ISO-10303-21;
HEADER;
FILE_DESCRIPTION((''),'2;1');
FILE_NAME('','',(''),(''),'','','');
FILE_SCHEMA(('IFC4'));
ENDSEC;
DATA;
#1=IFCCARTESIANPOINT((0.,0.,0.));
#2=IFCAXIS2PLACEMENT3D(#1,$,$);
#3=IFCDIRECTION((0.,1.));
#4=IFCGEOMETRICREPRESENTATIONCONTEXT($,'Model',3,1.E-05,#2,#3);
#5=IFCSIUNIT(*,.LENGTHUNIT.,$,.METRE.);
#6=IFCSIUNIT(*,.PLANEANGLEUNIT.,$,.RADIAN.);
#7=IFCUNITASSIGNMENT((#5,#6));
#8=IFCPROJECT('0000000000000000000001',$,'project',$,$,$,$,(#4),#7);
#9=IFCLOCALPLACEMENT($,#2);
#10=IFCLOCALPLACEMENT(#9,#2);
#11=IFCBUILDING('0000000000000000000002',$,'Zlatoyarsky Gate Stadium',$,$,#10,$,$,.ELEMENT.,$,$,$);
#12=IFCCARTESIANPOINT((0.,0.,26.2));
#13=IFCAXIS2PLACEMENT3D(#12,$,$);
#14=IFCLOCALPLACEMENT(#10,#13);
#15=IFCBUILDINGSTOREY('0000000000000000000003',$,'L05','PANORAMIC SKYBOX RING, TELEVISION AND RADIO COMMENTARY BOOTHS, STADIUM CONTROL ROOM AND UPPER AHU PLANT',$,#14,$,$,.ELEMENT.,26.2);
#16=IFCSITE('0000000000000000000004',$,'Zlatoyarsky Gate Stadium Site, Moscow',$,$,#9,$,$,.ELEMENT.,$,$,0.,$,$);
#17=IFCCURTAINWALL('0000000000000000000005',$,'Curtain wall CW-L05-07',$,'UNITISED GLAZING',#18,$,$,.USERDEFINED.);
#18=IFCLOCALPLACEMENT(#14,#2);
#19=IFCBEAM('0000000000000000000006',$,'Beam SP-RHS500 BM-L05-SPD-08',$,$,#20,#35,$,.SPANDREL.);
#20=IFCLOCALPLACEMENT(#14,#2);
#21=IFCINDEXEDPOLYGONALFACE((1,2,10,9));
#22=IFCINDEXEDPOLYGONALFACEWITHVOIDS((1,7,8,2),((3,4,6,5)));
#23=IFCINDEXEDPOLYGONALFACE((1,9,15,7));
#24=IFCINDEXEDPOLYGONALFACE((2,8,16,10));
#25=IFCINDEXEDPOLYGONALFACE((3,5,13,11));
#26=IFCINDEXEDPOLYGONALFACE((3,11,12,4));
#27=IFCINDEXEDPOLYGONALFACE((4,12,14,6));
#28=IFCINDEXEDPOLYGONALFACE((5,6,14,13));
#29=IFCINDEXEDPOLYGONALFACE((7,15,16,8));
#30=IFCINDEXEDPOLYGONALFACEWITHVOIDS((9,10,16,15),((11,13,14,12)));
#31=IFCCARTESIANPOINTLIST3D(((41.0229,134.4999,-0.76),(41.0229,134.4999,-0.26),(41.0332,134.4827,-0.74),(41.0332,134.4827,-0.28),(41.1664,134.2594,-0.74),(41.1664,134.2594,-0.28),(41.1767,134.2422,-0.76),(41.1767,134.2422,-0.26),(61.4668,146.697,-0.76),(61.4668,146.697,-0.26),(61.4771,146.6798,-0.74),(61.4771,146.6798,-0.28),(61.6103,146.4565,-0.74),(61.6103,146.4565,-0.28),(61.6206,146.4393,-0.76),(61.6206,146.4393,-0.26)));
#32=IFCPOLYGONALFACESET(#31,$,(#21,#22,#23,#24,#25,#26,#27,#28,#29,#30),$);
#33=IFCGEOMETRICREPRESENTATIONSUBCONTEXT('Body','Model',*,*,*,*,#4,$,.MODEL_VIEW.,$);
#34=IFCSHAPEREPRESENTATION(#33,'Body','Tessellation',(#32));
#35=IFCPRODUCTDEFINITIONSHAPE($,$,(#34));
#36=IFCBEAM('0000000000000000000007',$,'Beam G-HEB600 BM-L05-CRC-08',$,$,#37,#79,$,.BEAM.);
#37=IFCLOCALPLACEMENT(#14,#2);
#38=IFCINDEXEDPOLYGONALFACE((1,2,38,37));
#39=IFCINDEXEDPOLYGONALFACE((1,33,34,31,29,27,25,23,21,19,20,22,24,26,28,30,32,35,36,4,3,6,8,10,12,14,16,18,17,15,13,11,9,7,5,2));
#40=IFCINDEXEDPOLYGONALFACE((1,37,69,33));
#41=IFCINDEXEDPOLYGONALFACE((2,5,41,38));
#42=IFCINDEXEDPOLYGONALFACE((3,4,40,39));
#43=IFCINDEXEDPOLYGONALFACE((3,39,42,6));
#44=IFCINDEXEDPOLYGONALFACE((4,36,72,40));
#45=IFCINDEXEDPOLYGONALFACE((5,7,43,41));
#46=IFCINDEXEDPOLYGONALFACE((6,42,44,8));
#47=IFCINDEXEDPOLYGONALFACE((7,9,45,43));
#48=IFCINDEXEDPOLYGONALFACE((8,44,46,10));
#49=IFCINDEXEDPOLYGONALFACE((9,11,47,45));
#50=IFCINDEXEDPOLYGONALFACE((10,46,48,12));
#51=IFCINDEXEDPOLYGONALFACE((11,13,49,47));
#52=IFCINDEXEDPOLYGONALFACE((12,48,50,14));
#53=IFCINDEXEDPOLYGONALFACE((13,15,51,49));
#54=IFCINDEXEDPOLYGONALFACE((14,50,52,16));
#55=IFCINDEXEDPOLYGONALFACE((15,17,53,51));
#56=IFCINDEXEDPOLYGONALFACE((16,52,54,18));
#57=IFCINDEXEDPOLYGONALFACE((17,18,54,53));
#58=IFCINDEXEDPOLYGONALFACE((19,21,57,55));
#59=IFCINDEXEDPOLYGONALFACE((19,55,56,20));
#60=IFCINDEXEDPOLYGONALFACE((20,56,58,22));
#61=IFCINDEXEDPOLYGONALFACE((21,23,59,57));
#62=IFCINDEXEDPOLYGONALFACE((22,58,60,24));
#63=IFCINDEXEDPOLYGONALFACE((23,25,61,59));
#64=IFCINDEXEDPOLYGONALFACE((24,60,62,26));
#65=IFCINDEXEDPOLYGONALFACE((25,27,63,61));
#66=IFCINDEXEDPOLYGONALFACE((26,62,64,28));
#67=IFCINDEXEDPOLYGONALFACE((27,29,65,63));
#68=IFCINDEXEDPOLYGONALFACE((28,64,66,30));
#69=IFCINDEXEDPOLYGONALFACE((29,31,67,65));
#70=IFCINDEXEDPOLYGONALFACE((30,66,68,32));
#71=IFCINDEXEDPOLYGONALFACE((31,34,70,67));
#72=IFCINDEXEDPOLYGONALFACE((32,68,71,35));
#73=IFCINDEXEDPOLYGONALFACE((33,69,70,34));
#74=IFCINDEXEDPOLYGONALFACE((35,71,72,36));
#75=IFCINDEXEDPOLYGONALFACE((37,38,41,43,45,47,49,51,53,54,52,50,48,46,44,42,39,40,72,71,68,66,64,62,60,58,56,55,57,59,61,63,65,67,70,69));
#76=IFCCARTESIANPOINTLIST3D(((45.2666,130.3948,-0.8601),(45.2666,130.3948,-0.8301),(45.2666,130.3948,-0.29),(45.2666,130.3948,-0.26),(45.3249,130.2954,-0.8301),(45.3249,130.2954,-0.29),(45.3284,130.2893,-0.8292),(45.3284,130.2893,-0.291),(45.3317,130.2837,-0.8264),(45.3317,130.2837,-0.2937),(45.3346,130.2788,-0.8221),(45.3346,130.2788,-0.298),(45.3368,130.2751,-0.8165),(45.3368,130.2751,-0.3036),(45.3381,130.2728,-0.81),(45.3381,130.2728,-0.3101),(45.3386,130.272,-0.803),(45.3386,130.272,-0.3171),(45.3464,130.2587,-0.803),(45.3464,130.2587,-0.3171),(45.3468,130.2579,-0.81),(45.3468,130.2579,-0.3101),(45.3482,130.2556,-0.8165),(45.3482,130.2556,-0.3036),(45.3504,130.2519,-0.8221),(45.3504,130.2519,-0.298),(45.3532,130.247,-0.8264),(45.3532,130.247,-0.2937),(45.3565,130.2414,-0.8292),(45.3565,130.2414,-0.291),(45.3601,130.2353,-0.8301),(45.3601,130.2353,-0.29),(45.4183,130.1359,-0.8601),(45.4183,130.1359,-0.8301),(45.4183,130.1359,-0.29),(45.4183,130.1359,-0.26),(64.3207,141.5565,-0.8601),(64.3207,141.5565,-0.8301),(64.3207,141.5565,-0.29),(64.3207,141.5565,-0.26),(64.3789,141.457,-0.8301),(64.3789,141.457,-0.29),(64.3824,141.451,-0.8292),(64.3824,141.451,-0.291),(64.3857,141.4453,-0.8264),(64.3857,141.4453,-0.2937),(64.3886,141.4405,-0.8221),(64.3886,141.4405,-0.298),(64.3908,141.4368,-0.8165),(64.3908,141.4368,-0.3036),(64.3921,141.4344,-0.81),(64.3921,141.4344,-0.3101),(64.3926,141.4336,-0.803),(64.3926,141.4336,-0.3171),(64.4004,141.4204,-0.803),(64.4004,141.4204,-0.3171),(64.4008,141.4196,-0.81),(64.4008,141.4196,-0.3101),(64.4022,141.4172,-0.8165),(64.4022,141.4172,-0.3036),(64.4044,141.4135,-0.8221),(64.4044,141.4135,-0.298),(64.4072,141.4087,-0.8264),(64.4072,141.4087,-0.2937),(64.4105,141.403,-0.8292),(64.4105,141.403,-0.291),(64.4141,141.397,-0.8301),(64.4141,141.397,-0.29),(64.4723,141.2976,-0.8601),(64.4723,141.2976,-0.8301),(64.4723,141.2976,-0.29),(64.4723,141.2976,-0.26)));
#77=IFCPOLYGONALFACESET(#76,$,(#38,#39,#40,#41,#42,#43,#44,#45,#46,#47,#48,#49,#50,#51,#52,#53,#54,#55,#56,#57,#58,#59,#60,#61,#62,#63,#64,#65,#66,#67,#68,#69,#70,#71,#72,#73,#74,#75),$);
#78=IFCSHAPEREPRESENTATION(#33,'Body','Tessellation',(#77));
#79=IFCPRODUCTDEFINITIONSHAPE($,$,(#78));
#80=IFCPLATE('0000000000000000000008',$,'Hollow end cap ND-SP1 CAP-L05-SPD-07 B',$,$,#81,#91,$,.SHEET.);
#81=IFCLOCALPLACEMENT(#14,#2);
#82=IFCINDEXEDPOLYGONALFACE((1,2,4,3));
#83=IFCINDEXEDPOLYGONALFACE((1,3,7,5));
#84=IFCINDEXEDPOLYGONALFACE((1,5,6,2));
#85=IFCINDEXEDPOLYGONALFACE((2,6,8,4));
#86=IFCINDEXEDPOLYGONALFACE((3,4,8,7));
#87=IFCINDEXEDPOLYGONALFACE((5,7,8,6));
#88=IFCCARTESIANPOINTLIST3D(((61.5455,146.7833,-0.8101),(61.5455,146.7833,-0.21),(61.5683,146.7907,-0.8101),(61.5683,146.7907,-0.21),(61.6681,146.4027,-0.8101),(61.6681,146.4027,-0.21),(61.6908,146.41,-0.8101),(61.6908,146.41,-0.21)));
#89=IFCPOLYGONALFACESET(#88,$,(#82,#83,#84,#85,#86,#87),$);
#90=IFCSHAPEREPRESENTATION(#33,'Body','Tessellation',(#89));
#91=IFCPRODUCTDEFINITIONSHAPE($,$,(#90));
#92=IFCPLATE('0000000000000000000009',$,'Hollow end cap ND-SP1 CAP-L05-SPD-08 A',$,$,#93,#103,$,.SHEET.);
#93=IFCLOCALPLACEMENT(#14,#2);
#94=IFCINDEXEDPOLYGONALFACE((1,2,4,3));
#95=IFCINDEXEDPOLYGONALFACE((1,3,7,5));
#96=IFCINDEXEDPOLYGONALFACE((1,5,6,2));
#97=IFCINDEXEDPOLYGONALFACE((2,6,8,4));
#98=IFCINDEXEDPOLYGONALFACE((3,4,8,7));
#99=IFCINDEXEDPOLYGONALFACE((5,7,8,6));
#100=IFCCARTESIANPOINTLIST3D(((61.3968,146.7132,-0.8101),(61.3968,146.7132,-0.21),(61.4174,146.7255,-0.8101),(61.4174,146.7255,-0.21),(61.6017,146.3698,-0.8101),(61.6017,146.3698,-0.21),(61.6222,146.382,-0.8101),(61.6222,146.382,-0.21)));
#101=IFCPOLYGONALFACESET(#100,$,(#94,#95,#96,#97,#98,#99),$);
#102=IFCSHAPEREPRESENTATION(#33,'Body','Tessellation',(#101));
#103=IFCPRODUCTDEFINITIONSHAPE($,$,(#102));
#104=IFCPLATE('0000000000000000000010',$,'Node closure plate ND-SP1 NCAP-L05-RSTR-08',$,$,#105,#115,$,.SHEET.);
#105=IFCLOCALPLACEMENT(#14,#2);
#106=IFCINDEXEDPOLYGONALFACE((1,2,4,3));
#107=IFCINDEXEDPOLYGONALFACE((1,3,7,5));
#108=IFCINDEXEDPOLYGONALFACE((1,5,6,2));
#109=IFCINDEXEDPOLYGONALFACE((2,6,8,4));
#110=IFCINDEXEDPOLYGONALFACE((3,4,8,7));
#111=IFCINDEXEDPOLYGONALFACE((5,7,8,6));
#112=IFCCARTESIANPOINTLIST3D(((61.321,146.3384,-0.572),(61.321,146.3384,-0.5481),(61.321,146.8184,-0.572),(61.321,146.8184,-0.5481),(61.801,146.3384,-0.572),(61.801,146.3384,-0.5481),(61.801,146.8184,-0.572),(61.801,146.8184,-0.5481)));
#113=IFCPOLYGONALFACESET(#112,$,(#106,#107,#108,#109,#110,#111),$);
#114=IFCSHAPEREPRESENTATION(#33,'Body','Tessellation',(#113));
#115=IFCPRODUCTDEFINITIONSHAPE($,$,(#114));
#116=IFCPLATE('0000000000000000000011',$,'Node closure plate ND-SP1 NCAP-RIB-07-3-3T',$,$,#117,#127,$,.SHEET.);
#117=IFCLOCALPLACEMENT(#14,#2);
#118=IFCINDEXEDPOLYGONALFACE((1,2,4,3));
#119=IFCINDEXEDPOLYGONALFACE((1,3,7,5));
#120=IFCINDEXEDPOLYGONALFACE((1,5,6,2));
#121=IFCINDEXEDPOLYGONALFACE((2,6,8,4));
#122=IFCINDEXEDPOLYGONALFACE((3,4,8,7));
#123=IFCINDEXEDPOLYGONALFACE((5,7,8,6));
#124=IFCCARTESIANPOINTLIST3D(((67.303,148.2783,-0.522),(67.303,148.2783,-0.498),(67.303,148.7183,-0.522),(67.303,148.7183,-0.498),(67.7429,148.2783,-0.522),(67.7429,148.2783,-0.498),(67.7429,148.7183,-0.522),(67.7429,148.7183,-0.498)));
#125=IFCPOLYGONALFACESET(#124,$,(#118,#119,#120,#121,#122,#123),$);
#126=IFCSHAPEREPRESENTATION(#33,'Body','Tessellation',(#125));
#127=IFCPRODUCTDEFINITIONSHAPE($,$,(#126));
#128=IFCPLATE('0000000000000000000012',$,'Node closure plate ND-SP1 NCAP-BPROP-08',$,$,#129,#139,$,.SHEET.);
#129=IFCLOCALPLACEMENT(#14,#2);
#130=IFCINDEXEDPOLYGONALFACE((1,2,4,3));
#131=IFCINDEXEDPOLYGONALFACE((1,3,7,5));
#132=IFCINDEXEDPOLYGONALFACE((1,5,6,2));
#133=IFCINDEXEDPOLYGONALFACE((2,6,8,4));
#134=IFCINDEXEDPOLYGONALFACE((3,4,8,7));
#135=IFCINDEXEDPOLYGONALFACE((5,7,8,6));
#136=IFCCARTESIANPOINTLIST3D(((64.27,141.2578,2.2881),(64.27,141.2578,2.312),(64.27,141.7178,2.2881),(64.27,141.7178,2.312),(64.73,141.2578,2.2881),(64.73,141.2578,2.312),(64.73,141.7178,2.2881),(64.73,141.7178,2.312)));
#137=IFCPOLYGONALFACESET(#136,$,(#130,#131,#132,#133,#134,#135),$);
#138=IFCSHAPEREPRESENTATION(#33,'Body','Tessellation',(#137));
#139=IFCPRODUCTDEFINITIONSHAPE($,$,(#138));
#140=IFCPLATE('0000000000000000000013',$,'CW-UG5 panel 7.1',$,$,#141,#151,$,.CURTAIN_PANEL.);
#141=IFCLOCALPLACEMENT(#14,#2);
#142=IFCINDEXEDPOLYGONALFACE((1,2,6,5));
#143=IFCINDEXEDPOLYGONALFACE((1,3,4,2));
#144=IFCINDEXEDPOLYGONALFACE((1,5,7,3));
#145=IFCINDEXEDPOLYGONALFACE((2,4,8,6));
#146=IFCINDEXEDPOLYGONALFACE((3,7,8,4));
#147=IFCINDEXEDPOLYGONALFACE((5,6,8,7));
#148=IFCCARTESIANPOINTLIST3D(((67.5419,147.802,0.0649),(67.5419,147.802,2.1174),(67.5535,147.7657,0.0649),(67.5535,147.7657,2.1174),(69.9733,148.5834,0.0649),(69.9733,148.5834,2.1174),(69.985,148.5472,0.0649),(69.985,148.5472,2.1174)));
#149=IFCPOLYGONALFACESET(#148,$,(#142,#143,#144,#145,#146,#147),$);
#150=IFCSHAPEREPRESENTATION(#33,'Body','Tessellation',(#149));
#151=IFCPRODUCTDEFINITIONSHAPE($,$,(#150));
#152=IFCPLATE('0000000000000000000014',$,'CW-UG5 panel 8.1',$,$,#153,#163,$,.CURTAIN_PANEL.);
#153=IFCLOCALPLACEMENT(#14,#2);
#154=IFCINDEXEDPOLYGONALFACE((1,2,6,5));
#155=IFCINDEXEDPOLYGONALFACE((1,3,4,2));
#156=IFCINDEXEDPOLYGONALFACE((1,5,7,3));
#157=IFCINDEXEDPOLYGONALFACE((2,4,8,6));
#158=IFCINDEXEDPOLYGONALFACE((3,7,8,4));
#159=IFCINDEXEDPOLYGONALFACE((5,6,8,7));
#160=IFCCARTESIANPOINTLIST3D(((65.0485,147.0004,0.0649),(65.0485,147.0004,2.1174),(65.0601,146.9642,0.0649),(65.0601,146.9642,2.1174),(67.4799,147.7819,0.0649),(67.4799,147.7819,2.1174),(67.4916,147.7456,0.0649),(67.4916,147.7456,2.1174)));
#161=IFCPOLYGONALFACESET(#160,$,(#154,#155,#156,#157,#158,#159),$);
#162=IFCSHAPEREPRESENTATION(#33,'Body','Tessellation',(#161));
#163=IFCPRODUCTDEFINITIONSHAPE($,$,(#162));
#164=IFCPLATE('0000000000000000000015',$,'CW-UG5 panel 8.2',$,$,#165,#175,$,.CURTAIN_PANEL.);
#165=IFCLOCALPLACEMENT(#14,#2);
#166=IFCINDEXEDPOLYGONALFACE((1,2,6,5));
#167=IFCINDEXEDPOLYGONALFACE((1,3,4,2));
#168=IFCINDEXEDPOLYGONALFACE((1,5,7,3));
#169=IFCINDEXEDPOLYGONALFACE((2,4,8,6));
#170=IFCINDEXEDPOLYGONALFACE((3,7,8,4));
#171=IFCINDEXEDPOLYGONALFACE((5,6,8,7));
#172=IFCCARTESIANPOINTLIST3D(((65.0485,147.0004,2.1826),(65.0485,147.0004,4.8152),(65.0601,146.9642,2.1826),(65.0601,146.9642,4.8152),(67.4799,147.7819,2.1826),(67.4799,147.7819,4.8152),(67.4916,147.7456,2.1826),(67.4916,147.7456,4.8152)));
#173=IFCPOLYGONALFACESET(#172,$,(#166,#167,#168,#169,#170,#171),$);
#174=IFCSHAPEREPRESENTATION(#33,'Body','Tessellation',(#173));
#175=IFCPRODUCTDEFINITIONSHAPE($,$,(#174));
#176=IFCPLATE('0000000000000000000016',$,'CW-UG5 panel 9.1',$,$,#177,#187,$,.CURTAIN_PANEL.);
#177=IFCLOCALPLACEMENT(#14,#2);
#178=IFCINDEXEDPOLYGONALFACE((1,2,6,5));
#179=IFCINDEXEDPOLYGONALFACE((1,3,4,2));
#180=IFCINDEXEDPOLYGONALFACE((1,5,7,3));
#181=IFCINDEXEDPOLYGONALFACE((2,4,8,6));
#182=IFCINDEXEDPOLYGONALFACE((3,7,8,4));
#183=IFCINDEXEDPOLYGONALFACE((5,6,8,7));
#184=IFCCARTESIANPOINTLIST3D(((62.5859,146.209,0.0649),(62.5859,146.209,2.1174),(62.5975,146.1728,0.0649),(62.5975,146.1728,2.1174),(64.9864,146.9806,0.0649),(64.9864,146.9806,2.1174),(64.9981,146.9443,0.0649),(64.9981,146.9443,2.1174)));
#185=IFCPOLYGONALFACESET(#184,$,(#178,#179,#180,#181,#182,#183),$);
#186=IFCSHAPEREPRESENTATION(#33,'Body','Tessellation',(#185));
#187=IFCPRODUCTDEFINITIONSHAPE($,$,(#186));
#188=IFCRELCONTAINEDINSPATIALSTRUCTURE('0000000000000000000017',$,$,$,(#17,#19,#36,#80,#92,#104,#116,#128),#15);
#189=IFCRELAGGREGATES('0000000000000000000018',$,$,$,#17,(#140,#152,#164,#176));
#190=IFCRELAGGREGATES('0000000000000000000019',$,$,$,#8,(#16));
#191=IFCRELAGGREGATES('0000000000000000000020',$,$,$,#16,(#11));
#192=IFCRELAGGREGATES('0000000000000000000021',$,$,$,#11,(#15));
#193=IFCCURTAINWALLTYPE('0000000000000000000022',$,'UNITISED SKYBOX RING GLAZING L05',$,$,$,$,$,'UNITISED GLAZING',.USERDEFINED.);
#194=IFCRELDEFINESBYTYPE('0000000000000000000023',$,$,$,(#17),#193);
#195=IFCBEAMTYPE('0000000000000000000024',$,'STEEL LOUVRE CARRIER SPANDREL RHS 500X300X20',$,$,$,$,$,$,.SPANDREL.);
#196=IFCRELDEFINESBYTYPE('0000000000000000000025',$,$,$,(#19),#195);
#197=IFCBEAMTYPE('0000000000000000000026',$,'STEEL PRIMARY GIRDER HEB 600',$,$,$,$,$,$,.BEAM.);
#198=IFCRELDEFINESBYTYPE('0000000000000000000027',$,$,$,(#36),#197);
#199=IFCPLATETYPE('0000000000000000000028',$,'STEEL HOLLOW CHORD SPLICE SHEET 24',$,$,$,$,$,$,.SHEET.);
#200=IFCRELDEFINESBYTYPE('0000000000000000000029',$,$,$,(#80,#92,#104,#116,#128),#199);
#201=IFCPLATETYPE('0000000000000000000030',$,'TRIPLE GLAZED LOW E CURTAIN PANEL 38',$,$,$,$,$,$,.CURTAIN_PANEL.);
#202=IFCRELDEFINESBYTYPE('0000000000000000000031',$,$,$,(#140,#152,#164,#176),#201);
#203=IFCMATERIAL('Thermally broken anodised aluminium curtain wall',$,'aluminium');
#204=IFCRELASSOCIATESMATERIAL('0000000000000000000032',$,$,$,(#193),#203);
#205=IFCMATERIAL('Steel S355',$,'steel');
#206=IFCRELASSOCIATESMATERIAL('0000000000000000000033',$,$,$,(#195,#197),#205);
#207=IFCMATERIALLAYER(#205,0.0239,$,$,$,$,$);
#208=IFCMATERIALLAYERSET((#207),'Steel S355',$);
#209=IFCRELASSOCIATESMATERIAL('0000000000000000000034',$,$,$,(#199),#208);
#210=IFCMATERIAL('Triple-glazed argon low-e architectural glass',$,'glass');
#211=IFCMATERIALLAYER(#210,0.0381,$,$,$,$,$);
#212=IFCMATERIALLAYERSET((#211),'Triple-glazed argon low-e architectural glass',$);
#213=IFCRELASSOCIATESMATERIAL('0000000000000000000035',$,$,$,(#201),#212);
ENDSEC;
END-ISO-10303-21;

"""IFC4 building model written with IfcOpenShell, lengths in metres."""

from ifc_helpers import new_model, si_unit, direction, frame, origin, origin_2d, place, context, subcontext, project, spatial, rectangle, hollow_rectangle, i_section, extrude, material, layer, layer_set, material_profile, profile_set, type_object, element, aggregate, save


model = new_model("IFC4")

# Units and contexts
model_context = context("Model", 3, precision=1e-05, world=origin(), true_north=direction((0.0, 1.0)))
body_context = subcontext(model_context, "Body", "Model", "MODEL_VIEW")
ifc_project = project(units=[si_unit("LENGTHUNIT", "METRE"), si_unit("PLANEANGLEUNIT", "RADIAN")], contexts=[model_context])

# Site, building, storey
site_placement = place(None, origin())
site = spatial("IfcSite", under=ifc_project, at=site_placement, Name="Zlatoyarsky Gate Stadium Site, Moscow", CompositionType="ELEMENT", RefElevation=0.0)
building_placement = place(site_placement, origin())
building = spatial("IfcBuilding", under=site, at=building_placement, Name="Zlatoyarsky Gate Stadium", CompositionType="ELEMENT")
storey_placement = place(building_placement, frame((0.0, 0.0, 26.2)))
storey = spatial("IfcBuildingStorey", under=building, at=storey_placement, Name="L05", Description="PANORAMIC SKYBOX RING, TELEVISION AND RADIO COMMENTARY BOOTHS, STADIUM CONTROL ROOM AND UPPER AHU PLANT", CompositionType="ELEMENT", Elevation=26.2)

# Shared definitions
ifc_material_1 = material(Name="Steel S355", Category="steel")

# Curtain wall
ifc_material_2 = material(Name="Thermally broken anodised aluminium curtain wall", Category="aluminium")
curtain_wall_type = type_object("IfcCurtainWallType", Name="UNITISED SKYBOX RING GLAZING L05", ElementType="UNITISED GLAZING", PredefinedType="USERDEFINED", material=ifc_material_2)
curtain_wall_1_placement = place(storey_placement, origin())
curtain_wall_1 = element("IfcCurtainWall", 1, at=curtain_wall_1_placement, inside=storey, type_object=curtain_wall_type, Name="Curtain wall CW-L05-07", ObjectType="UNITISED GLAZING", PredefinedType="USERDEFINED")

# Beams
ifc_material_profile_1 = material_profile(ifc_material_1, hollow_rectangle(XDim=0.3, YDim=0.5, WallThickness=0.02, at=origin_2d()), Name="RHS 500X300X20")
ifc_profile_set_1 = profile_set([ifc_material_profile_1], Name="Steel S355")
beam_type_1 = type_object("IfcBeamType", Name="STEEL LOUVRE CARRIER SPANDREL RHS 500X300X20", PredefinedType="SPANDREL", material=ifc_profile_set_1)
beam_1_placement = place(storey_placement, frame((61.5437, 146.5681, -0.51), z_axis=(-0.858774, -0.512354, 0.0), x_axis=(0.512354, -0.858774, 0.0)))
element("IfcBeam", 2, at=beam_1_placement, inside=storey, type_object=beam_type_1, Name="Beam SP-RHS500 BM-L05-SPD-08", PredefinedType="SPANDREL", context=body_context, shape_type="SweptSolid", body=[
    extrude(hollow_rectangle(XDim=0.3, YDim=0.5, WallThickness=0.02, at=origin_2d()), origin(), (0.0, 0.0, 1.0), 23.8059),
])
ifc_material_profile_2 = material_profile(ifc_material_1, i_section(OverallWidth=0.3, OverallDepth=0.6001, WebThickness=0.0154, FlangeThickness=0.03, FilletRadius=0.0271, at=origin_2d()), Name="HEB 600")
ifc_profile_set_2 = profile_set([ifc_material_profile_2], Name="Steel S355")
beam_type_2 = type_object("IfcBeamType", Name="STEEL PRIMARY GIRDER HEB 600", PredefinedType="BEAM", material=ifc_profile_set_2)
beam_2_placement = place(storey_placement, frame((64.3965, 141.427, -0.5601), z_axis=(-0.862855, -0.505452, 0.0), x_axis=(0.505452, -0.862855, 0.0)))
element("IfcBeam", 3, at=beam_2_placement, inside=storey, type_object=beam_type_2, Name="Beam G-HEB600 BM-L05-CRC-08", PredefinedType="BEAM", context=body_context, shape_type="SweptSolid", body=[
    extrude(i_section(OverallWidth=0.3, OverallDepth=0.6001, WebThickness=0.0154, FlangeThickness=0.03, FilletRadius=0.0271, at=origin_2d()), origin(), (0.0, 0.0, 1.0), 22.0825),
])

# Plates
ifc_layer_1 = layer(ifc_material_1, 0.0239)
ifc_layer_set_1 = layer_set([ifc_layer_1], Name="Steel S355")
plate_type_1 = type_object("IfcPlateType", Name="STEEL HOLLOW CHORD SPLICE SHEET 24", PredefinedType="SHEET", material=ifc_layer_set_1)
for number, where, z_axis, x_axis, name in (
    (4, (61.6182, 146.5967, -0.8101), (0.0, 0.0, 1.0), (-0.951856, -0.306546, 0.0), "Hollow end cap ND-SP1 CAP-L05-SPD-07 B"),
    (5, (61.5095, 146.5476, -0.8101), (0.0, 0.0, 1.0), (-0.858779, -0.512347, 0.0), "Hollow end cap ND-SP1 CAP-L05-SPD-08 A"),
):
    element("IfcPlate", number, at=place(storey_placement, frame(where, z_axis=z_axis, x_axis=x_axis)), inside=storey, type_object=plate_type_1, Name=name, PredefinedType="SHEET", context=body_context, shape_type="SweptSolid", body=[
        extrude(rectangle(XDim=0.0239, YDim=0.3999, at=origin_2d()), origin(), (0.0, 0.0, 1.0), 0.6001),
    ])
plate_1_placement = place(storey_placement, frame((61.561, 146.5784, -0.572), z_axis=(0.0, 0.0, 1.0), x_axis=(1.0, 0.0, 0.0)))
element("IfcPlate", 6, at=plate_1_placement, inside=storey, type_object=plate_type_1, Name="Node closure plate ND-SP1 NCAP-L05-RSTR-08", PredefinedType="SHEET", context=body_context, shape_type="SweptSolid", body=[
    extrude(rectangle(XDim=0.48, YDim=0.48, at=origin_2d()), origin(), (0.0, 0.0, 1.0), 0.0239),
])
plate_2_placement = place(storey_placement, frame((67.5229, 148.4983, -0.522), z_axis=(0.0, 0.0, 1.0), x_axis=(1.0, 0.0, 0.0)))
element("IfcPlate", 7, at=plate_2_placement, inside=storey, type_object=plate_type_1, Name="Node closure plate ND-SP1 NCAP-RIB-07-3-3T", PredefinedType="SHEET", context=body_context, shape_type="SweptSolid", body=[
    extrude(rectangle(XDim=0.4399, YDim=0.4399, at=origin_2d()), origin(), (0.0, 0.0, 1.0), 0.0239),
])
plate_3_placement = place(storey_placement, frame((64.5, 141.4878, 2.2881), z_axis=(0.0, 0.0, 1.0), x_axis=(1.0, 0.0, 0.0)))
element("IfcPlate", 8, at=plate_3_placement, inside=storey, type_object=plate_type_1, Name="Node closure plate ND-SP1 NCAP-BPROP-08", PredefinedType="SHEET", context=body_context, shape_type="SweptSolid", body=[
    extrude(rectangle(XDim=0.46, YDim=0.46, at=origin_2d()), origin(), (0.0, 0.0, 1.0), 0.0239),
])

# Plates
ifc_material_3 = material(Name="Triple-glazed argon low-e architectural glass", Category="glass")
ifc_layer_2 = layer(ifc_material_3, 0.0381)
ifc_layer_set_2 = layer_set([ifc_layer_2], Name="Triple-glazed argon low-e architectural glass")
plate_type_2 = type_object("IfcPlateType", Name="TRIPLE GLAZED LOW E CURTAIN PANEL 38", PredefinedType="CURTAIN_PANEL", material=ifc_layer_set_2)
plate_4_placement = place(storey_placement, frame((68.7634, 148.1746, 0.0649), z_axis=(0.0, 0.0, 1.0), x_axis=(-0.952038, -0.305979, 0.0)))
plate_4 = element("IfcPlate", 9, at=plate_4_placement, type_object=plate_type_2, Name="CW-UG5 panel 7.1", PredefinedType="CURTAIN_PANEL", context=body_context, shape_type="SweptSolid", body=[
    extrude(rectangle(XDim=2.554, YDim=0.0381, at=origin_2d()), origin(), (0.0, 0.0, 1.0), 2.0525),
])
plate_5_placement = place(storey_placement, frame((66.27, 147.373, 0.0649), z_axis=(0.0, 0.0, 1.0), x_axis=(-0.952038, -0.305979, 0.0)))
plate_5 = element("IfcPlate", 10, at=plate_5_placement, type_object=plate_type_2, Name="CW-UG5 panel 8.1", PredefinedType="CURTAIN_PANEL", context=body_context, shape_type="SweptSolid", body=[
    extrude(rectangle(XDim=2.554, YDim=0.0381, at=origin_2d()), origin(), (0.0, 0.0, 1.0), 2.0525),
])
plate_6_placement = place(storey_placement, frame((66.27, 147.373, 2.1826), z_axis=(0.0, 0.0, 1.0), x_axis=(-0.952038, -0.305979, 0.0)))
plate_6 = element("IfcPlate", 11, at=plate_6_placement, type_object=plate_type_2, Name="CW-UG5 panel 8.2", PredefinedType="CURTAIN_PANEL", context=body_context, shape_type="SweptSolid", body=[
    extrude(rectangle(XDim=2.554, YDim=0.0381, at=origin_2d()), origin(), (0.0, 0.0, 1.0), 2.6326),
])
plate_7_placement = place(storey_placement, frame((63.792, 146.5767, 0.0649), z_axis=(0.0, 0.0, 1.0), x_axis=(-0.952038, -0.305979, 0.0)))
plate_7 = element("IfcPlate", 12, at=plate_7_placement, type_object=plate_type_2, Name="CW-UG5 panel 9.1", PredefinedType="CURTAIN_PANEL", context=body_context, shape_type="SweptSolid", body=[
    extrude(rectangle(XDim=2.5215, YDim=0.0381, at=origin_2d()), origin(), (0.0, 0.0, 1.0), 2.0525),
])
aggregate(curtain_wall_1, [plate_4, plate_5, plate_6, plate_7])

save(model, "model.ifc")
